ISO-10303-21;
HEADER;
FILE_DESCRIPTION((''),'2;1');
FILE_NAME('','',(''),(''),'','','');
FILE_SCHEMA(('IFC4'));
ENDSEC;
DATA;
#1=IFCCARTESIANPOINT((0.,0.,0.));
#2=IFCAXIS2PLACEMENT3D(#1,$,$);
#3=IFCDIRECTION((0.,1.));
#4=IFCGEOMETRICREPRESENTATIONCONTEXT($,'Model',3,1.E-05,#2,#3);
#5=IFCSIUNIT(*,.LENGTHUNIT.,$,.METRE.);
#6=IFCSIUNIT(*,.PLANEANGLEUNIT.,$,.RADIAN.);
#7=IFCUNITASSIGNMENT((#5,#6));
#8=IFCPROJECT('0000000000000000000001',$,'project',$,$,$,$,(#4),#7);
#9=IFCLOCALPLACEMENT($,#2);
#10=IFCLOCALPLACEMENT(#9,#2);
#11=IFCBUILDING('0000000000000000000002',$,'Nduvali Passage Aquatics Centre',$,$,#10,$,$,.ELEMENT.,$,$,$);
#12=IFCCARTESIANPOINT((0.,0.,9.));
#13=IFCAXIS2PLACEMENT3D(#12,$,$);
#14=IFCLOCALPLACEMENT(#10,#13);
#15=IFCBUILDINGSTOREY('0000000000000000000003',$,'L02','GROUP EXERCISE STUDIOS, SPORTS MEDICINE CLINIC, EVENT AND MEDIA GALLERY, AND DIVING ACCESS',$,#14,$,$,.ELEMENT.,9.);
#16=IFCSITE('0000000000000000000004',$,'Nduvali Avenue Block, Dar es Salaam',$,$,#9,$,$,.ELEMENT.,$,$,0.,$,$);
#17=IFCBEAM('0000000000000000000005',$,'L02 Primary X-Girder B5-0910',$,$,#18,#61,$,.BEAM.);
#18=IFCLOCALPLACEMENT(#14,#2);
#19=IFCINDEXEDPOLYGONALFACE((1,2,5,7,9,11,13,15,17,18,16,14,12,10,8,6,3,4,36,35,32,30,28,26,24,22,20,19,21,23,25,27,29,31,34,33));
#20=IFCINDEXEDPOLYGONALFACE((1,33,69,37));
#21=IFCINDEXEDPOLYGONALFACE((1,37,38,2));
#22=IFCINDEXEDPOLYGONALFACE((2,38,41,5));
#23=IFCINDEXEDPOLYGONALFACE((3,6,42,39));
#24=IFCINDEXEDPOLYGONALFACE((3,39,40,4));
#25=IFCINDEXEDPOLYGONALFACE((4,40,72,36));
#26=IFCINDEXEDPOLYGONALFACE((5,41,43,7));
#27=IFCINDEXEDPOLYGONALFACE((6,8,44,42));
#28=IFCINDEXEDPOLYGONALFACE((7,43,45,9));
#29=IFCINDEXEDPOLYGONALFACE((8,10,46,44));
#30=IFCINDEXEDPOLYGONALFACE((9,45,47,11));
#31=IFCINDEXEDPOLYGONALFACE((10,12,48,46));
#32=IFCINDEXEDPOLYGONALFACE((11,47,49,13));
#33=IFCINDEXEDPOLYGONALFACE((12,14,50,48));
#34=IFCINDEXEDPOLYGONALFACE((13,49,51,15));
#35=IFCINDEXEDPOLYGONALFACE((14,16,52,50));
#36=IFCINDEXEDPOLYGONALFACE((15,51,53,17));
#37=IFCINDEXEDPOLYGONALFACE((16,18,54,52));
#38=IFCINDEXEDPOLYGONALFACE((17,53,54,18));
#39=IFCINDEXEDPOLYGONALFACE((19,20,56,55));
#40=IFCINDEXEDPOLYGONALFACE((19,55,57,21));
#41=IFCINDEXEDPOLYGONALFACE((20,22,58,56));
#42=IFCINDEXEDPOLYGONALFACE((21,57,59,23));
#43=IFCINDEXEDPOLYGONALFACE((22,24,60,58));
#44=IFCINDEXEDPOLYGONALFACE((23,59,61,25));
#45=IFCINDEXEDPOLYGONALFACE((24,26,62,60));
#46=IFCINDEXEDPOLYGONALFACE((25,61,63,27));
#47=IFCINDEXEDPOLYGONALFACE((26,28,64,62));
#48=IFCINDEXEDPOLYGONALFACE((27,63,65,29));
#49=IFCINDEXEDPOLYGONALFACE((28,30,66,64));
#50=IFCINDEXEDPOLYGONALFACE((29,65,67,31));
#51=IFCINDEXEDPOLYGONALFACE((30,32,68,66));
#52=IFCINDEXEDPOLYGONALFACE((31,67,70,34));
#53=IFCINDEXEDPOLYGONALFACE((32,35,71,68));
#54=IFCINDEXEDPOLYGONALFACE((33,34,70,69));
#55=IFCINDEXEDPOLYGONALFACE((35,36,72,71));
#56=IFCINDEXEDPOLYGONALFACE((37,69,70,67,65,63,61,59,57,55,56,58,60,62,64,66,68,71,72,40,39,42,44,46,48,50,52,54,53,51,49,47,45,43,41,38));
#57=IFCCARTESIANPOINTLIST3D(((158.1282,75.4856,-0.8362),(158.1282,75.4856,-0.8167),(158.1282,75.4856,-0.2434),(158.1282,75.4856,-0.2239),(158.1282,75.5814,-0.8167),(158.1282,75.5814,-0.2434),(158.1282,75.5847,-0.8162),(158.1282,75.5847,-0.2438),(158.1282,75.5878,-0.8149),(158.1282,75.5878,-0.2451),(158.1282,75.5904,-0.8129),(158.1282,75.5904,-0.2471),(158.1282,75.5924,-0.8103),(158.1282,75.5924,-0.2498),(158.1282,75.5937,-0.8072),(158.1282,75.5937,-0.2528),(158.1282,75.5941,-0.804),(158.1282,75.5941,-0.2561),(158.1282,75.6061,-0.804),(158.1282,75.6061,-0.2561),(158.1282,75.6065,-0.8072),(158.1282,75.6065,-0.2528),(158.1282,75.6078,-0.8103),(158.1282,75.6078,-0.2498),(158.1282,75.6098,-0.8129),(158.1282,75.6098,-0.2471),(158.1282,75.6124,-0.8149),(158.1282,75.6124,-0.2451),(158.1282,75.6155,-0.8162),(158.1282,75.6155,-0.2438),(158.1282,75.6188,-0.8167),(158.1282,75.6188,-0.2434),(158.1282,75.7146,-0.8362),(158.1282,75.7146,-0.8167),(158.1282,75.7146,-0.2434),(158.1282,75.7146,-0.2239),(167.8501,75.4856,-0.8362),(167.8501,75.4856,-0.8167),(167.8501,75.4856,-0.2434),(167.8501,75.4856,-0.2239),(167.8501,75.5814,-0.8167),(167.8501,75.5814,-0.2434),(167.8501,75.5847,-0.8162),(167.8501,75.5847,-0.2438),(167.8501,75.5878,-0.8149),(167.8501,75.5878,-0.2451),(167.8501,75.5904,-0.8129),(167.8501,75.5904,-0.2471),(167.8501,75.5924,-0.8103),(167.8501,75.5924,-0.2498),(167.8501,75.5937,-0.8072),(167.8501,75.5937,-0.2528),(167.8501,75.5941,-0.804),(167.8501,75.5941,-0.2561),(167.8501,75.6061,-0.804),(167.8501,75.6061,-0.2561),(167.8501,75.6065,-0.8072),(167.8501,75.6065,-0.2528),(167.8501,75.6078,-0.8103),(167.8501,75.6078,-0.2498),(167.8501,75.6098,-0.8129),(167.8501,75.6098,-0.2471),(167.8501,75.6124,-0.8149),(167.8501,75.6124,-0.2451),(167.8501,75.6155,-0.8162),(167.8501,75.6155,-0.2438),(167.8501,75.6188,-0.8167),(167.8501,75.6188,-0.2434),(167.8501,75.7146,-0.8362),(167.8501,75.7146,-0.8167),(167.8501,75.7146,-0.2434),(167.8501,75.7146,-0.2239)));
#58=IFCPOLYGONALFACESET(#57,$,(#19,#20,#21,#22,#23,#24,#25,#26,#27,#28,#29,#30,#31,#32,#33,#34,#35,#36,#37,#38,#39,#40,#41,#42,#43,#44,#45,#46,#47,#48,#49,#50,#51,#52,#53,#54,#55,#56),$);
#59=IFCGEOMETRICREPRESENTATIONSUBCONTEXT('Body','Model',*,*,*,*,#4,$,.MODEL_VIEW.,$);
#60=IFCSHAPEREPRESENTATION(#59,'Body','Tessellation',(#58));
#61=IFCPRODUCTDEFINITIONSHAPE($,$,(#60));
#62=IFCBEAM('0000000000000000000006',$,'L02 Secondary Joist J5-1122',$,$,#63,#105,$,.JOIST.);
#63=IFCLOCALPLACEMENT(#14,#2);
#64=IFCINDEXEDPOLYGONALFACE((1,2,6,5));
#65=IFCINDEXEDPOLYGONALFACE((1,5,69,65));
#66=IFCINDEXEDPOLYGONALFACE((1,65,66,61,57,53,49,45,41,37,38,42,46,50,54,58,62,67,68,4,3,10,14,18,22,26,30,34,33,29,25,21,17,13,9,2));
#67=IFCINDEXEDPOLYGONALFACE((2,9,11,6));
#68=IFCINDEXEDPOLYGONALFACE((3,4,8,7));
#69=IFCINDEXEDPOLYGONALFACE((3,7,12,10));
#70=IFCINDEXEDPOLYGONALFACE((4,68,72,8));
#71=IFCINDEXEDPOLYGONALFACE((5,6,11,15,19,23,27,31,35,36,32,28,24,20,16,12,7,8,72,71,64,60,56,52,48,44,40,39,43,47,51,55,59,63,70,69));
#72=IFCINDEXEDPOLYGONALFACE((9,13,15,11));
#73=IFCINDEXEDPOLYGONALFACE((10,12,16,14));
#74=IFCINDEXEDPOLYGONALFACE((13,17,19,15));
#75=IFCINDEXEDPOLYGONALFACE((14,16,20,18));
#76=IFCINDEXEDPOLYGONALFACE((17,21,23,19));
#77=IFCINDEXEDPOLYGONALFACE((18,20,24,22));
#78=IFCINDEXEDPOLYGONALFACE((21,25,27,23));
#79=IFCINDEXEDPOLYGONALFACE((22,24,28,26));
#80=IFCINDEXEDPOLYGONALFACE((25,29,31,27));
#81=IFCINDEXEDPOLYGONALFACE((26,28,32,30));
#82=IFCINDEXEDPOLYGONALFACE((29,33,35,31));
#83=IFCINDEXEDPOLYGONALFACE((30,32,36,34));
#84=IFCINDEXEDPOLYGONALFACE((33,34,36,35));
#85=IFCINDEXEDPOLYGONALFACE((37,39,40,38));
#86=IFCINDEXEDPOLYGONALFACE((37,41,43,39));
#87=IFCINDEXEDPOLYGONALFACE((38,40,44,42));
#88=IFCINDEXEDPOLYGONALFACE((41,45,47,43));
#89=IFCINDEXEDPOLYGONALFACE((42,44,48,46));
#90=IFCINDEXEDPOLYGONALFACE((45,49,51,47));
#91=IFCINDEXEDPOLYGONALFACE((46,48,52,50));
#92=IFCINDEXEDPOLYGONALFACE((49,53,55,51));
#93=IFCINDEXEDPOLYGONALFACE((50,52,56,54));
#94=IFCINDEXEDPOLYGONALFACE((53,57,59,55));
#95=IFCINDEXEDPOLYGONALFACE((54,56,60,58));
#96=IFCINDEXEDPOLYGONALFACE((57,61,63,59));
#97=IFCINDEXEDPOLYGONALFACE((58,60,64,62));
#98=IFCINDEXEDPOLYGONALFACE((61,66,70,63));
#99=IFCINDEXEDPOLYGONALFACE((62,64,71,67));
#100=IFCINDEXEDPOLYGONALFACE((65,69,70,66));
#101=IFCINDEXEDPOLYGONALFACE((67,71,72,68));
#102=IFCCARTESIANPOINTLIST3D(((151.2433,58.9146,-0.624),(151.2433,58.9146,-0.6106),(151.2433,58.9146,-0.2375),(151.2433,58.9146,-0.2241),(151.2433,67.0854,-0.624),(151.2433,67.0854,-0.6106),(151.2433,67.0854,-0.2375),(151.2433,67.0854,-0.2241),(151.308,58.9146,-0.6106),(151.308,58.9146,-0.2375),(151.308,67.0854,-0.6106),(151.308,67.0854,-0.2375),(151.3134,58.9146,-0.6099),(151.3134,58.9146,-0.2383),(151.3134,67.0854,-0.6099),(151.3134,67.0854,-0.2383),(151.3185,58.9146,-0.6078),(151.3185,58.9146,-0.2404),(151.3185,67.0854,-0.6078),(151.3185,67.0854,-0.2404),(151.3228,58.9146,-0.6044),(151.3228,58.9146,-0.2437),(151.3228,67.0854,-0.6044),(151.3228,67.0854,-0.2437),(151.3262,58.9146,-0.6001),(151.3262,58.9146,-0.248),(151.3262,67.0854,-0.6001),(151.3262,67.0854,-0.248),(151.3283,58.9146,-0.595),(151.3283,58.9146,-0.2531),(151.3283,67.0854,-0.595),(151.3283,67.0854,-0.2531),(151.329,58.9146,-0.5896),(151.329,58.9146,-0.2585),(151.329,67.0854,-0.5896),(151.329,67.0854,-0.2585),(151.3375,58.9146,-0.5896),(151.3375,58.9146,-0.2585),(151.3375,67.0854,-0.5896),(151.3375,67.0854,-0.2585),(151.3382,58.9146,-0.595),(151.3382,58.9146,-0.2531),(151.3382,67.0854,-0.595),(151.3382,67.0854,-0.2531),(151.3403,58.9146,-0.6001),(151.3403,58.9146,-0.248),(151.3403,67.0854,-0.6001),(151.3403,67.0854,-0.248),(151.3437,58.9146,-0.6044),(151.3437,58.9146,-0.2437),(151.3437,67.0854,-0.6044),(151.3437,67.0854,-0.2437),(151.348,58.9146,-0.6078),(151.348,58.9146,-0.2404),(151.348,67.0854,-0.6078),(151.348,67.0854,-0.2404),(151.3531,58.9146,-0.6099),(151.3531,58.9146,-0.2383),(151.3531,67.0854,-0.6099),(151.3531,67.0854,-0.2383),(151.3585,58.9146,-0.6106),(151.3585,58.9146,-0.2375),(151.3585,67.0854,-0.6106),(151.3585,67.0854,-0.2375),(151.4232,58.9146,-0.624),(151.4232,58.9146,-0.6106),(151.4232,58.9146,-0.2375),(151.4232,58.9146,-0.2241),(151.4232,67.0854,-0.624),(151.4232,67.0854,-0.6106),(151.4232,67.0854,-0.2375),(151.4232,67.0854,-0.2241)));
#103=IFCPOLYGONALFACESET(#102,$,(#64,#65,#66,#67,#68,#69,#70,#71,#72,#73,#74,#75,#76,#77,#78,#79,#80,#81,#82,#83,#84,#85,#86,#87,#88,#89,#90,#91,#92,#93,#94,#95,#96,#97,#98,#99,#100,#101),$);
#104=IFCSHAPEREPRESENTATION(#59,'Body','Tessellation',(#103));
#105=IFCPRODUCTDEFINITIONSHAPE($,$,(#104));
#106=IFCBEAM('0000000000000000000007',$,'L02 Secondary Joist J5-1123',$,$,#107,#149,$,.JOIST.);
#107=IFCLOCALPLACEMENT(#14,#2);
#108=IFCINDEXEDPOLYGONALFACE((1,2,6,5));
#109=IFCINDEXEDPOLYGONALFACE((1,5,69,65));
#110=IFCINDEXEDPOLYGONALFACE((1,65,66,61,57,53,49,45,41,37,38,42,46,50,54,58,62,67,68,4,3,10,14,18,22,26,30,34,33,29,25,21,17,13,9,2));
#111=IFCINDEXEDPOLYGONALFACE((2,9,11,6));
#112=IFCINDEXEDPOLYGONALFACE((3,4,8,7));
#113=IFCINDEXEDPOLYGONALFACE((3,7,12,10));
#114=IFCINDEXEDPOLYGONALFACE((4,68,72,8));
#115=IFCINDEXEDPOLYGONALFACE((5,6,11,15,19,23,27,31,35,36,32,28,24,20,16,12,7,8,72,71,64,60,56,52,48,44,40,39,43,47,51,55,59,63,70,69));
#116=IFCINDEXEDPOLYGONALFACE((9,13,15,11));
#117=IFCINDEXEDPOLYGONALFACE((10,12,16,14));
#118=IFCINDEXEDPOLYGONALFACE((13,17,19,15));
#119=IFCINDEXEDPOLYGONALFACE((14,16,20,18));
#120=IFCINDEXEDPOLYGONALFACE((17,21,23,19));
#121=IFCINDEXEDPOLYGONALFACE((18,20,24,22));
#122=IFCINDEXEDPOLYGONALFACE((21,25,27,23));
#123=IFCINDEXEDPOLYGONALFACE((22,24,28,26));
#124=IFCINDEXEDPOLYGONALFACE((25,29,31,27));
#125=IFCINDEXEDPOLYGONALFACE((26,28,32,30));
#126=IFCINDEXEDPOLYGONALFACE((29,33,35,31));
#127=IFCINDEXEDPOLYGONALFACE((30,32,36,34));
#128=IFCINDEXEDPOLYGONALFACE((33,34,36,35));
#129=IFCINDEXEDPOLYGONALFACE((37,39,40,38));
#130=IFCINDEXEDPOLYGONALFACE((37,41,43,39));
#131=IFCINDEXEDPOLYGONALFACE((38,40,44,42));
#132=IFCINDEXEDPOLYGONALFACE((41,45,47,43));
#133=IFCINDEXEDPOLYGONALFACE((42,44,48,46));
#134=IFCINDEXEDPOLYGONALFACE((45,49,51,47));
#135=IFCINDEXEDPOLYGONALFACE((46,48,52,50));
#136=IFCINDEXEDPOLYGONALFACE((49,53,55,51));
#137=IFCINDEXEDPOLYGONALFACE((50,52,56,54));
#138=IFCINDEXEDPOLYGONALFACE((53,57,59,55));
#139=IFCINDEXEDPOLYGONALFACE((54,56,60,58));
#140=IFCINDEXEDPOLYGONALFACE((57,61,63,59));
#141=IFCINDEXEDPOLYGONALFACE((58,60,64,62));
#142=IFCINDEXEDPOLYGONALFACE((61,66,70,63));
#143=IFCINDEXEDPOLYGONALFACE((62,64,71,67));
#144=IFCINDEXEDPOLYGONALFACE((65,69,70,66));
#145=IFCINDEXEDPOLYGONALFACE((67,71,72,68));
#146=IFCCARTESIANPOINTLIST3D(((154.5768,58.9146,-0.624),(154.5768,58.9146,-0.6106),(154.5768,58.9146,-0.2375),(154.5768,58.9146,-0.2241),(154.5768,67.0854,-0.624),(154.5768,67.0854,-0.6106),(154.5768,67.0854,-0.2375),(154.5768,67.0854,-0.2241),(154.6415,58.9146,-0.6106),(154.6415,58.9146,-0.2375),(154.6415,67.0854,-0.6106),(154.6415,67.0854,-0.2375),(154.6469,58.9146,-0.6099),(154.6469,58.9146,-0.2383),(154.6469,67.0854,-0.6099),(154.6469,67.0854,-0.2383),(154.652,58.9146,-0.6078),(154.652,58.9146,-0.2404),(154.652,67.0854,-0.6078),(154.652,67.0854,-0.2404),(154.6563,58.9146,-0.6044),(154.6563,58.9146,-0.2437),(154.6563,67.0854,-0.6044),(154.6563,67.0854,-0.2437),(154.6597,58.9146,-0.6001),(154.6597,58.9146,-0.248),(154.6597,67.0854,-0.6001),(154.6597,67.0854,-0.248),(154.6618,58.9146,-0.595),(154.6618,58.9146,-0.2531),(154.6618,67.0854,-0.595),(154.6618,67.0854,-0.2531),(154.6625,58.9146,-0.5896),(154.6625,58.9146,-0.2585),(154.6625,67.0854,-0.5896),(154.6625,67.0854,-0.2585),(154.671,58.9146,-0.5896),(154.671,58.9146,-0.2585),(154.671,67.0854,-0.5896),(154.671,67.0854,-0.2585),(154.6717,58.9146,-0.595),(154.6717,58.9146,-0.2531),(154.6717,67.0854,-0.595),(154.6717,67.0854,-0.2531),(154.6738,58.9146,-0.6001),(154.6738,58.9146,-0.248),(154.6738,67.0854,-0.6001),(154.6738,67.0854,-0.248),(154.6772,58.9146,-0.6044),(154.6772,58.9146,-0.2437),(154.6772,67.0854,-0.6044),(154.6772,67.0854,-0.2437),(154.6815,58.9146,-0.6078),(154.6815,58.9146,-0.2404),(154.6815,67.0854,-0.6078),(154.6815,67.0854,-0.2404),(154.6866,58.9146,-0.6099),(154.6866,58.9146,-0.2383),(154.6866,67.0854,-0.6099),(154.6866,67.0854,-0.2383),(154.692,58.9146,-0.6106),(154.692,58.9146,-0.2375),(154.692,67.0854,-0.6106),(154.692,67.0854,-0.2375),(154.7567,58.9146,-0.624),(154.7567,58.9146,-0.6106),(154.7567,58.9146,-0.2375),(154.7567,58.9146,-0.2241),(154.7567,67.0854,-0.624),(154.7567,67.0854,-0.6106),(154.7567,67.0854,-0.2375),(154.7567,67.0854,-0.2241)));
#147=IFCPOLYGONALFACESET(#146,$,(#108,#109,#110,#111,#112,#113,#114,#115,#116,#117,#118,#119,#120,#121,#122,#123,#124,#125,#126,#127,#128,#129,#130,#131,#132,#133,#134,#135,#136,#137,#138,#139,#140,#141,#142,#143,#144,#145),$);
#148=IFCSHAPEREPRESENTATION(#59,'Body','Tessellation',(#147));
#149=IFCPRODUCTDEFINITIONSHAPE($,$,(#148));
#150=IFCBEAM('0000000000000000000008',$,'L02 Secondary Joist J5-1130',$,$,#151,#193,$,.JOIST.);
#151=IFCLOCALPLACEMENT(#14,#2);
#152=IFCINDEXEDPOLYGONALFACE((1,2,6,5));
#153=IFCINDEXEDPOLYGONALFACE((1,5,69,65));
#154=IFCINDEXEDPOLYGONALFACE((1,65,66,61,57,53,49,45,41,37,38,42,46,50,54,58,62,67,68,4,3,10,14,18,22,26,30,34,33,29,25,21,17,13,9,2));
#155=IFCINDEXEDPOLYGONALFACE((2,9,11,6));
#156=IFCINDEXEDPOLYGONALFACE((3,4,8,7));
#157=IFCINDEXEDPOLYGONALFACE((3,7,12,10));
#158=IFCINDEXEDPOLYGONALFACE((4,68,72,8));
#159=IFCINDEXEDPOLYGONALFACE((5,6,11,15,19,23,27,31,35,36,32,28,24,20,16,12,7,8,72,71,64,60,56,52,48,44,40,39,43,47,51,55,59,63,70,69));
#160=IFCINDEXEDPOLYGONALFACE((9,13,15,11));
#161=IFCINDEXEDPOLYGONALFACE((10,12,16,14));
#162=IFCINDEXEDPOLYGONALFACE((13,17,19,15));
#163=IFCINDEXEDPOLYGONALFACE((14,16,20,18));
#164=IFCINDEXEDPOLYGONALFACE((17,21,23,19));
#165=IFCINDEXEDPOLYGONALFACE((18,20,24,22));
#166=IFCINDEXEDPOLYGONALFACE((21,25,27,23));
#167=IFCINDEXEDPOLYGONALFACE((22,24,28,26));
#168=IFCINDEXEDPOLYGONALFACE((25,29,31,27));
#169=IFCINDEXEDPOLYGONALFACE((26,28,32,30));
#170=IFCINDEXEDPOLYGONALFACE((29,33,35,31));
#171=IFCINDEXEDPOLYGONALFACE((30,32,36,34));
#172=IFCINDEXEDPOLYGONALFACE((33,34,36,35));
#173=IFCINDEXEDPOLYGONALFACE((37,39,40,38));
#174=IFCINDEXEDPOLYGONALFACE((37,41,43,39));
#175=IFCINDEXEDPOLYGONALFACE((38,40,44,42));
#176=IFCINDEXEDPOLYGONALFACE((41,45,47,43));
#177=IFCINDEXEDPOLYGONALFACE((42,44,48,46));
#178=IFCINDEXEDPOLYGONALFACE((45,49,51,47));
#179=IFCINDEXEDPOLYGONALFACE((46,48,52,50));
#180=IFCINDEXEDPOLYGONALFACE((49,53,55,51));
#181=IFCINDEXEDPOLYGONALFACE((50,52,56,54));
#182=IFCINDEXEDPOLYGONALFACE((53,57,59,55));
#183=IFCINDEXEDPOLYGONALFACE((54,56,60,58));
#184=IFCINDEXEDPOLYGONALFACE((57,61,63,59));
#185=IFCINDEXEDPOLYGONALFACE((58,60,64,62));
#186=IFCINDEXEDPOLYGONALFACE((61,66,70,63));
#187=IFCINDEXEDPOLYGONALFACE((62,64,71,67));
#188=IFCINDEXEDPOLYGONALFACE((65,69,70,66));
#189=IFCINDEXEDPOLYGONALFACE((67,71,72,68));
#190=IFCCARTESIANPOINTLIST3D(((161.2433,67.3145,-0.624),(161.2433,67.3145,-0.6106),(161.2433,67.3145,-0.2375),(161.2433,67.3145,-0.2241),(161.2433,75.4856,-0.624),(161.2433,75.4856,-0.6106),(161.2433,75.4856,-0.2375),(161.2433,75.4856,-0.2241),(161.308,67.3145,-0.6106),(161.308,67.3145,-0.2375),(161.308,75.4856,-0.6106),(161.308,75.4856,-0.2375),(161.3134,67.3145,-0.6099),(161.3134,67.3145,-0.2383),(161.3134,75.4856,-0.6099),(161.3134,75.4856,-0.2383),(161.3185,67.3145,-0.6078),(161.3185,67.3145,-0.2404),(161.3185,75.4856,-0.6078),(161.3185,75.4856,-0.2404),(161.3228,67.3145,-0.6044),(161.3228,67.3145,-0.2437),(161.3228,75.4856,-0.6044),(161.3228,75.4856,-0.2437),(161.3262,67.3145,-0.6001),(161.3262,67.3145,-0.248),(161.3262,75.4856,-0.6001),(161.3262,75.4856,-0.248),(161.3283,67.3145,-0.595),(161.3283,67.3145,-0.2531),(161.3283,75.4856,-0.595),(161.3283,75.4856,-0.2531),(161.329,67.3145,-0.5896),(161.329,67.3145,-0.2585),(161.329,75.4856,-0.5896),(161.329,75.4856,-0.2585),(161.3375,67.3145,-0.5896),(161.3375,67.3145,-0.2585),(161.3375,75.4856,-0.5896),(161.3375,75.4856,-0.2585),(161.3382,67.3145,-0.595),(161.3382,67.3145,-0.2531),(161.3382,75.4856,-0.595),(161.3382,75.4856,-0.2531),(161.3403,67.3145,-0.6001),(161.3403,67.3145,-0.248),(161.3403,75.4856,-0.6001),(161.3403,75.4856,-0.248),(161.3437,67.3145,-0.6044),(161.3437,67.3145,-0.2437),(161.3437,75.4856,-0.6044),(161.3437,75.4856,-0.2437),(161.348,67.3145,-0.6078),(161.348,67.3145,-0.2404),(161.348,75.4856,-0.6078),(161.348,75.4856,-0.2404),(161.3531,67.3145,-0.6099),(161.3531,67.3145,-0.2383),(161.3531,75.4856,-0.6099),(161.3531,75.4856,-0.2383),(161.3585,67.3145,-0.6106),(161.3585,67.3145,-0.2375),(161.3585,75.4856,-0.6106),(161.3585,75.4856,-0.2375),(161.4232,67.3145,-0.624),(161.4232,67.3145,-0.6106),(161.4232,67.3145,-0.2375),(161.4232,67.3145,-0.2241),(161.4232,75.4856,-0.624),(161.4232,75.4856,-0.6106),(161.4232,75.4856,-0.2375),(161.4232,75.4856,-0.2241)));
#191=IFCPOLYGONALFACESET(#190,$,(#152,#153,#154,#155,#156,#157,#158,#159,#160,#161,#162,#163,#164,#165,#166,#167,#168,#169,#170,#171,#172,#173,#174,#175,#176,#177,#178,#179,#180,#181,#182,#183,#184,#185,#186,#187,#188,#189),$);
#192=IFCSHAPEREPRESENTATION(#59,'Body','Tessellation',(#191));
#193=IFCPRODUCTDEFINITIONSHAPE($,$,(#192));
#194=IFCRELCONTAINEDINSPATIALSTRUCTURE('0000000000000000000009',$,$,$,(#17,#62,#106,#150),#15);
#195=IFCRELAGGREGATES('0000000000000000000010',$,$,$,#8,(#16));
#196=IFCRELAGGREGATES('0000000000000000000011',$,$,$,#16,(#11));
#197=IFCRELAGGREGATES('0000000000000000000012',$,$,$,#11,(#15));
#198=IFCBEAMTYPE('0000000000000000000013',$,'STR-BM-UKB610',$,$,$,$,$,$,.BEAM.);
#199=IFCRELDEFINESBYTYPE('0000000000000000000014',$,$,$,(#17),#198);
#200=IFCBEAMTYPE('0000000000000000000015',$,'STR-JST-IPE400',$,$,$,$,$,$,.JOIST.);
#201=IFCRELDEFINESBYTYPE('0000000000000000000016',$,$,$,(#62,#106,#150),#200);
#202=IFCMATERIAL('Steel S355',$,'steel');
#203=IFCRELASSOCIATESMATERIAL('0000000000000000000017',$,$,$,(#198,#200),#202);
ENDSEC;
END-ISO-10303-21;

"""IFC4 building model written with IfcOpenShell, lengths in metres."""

from ifc_helpers import new_model, si_unit, direction, frame, origin, origin_2d, place, context, subcontext, project, spatial, i_section, extrude, material, material_profile, profile_set, type_object, element, save


model = new_model("IFC4")

# Units and contexts
model_context = context("Model", 3, precision=1e-05, world=origin(), true_north=direction((0.0, 1.0)))
body_context = subcontext(model_context, "Body", "Model", "MODEL_VIEW")
ifc_project = project(units=[si_unit("LENGTHUNIT", "METRE"), si_unit("PLANEANGLEUNIT", "RADIAN")], contexts=[model_context])

# Site, building, storey
site_placement = place(None, origin())
site = spatial("IfcSite", under=ifc_project, at=site_placement, Name="Nduvali Avenue Block, Dar es Salaam", CompositionType="ELEMENT", RefElevation=0.0)
building_placement = place(site_placement, origin())
building = spatial("IfcBuilding", under=site, at=building_placement, Name="Nduvali Passage Aquatics Centre", CompositionType="ELEMENT")
storey_placement = place(building_placement, frame((0.0, 0.0, 9.0)))
storey = spatial("IfcBuildingStorey", under=building, at=storey_placement, Name="L02", Description="GROUP EXERCISE STUDIOS, SPORTS MEDICINE CLINIC, EVENT AND MEDIA GALLERY, AND DIVING ACCESS", CompositionType="ELEMENT", Elevation=9.0)

# Beams
ifc_material = material(Name="Steel S355", Category="steel")
ifc_material_profile_1 = material_profile(ifc_material, i_section(OverallWidth=0.229, OverallDepth=0.6123, WebThickness=0.012, FlangeThickness=0.0195, FilletRadius=0.0127, at=origin_2d()), Name="UKB 610x229x125")
ifc_profile_set_1 = profile_set([ifc_material_profile_1], Name="Steel S355")
beam_type_1 = type_object("IfcBeamType", Name="STR-BM-UKB610", PredefinedType="BEAM", material=ifc_profile_set_1)
beam_1_placement = place(storey_placement, frame((158.1282, 75.6001, -0.53), z_axis=(1.0, 0.0, 0.0), x_axis=(0.0, 1.0, 0.0)))
element("IfcBeam", 1, at=beam_1_placement, inside=storey, type_object=beam_type_1, Name="L02 Primary X-Girder B5-0910", PredefinedType="BEAM", context=body_context, shape_type="SweptSolid", body=[
    extrude(i_section(OverallWidth=0.229, OverallDepth=0.6123, WebThickness=0.012, FlangeThickness=0.0195, FilletRadius=0.0127, at=origin_2d()), origin(), (0.0, 0.0, 1.0), 9.7219),
])
ifc_material_profile_2 = material_profile(ifc_material, i_section(OverallWidth=0.1799, OverallDepth=0.3999, WebThickness=0.0085, FlangeThickness=0.0134, FilletRadius=0.021, at=origin_2d()), Name="IPE 400")
ifc_profile_set_2 = profile_set([ifc_material_profile_2], Name="Steel S355")
beam_type_2 = type_object("IfcBeamType", Name="STR-JST-IPE400", PredefinedType="JOIST", material=ifc_profile_set_2)
for number, where, z_axis, x_axis, name in (
    (2, (151.3333, 58.9146, -0.4241), (0.0, 1.0, 0.0), (-1.0, 0.0, 0.0), "L02 Secondary Joist J5-1122"),
    (3, (154.6667, 58.9146, -0.4241), (0.0, 1.0, 0.0), (-1.0, 0.0, 0.0), "L02 Secondary Joist J5-1123"),
):
    element("IfcBeam", number, at=place(storey_placement, frame(where, z_axis=z_axis, x_axis=x_axis)), inside=storey, type_object=beam_type_2, Name=name, PredefinedType="JOIST", context=body_context, shape_type="SweptSolid", body=[
        extrude(i_section(OverallWidth=0.1799, OverallDepth=0.3999, WebThickness=0.0085, FlangeThickness=0.0134, FilletRadius=0.021, at=origin_2d()), origin(), (0.0, 0.0, 1.0), 8.1709),
    ])
for number, where, z_axis, x_axis, name in (
    (4, (161.3333, 67.3145, -0.4241), (0.0, 1.0, 0.0), (-1.0, 0.0, 0.0), "L02 Secondary Joist J5-1130"),
):
    element("IfcBeam", number, at=place(storey_placement, frame(where, z_axis=z_axis, x_axis=x_axis)), inside=storey, type_object=beam_type_2, Name=name, PredefinedType="JOIST", context=body_context, shape_type="SweptSolid", body=[
        extrude(i_section(OverallWidth=0.1799, OverallDepth=0.3999, WebThickness=0.0085, FlangeThickness=0.0134, FilletRadius=0.021, at=origin_2d()), origin(), (0.0, 0.0, 1.0), 8.1711),
    ])

save(model, "model.ifc")
